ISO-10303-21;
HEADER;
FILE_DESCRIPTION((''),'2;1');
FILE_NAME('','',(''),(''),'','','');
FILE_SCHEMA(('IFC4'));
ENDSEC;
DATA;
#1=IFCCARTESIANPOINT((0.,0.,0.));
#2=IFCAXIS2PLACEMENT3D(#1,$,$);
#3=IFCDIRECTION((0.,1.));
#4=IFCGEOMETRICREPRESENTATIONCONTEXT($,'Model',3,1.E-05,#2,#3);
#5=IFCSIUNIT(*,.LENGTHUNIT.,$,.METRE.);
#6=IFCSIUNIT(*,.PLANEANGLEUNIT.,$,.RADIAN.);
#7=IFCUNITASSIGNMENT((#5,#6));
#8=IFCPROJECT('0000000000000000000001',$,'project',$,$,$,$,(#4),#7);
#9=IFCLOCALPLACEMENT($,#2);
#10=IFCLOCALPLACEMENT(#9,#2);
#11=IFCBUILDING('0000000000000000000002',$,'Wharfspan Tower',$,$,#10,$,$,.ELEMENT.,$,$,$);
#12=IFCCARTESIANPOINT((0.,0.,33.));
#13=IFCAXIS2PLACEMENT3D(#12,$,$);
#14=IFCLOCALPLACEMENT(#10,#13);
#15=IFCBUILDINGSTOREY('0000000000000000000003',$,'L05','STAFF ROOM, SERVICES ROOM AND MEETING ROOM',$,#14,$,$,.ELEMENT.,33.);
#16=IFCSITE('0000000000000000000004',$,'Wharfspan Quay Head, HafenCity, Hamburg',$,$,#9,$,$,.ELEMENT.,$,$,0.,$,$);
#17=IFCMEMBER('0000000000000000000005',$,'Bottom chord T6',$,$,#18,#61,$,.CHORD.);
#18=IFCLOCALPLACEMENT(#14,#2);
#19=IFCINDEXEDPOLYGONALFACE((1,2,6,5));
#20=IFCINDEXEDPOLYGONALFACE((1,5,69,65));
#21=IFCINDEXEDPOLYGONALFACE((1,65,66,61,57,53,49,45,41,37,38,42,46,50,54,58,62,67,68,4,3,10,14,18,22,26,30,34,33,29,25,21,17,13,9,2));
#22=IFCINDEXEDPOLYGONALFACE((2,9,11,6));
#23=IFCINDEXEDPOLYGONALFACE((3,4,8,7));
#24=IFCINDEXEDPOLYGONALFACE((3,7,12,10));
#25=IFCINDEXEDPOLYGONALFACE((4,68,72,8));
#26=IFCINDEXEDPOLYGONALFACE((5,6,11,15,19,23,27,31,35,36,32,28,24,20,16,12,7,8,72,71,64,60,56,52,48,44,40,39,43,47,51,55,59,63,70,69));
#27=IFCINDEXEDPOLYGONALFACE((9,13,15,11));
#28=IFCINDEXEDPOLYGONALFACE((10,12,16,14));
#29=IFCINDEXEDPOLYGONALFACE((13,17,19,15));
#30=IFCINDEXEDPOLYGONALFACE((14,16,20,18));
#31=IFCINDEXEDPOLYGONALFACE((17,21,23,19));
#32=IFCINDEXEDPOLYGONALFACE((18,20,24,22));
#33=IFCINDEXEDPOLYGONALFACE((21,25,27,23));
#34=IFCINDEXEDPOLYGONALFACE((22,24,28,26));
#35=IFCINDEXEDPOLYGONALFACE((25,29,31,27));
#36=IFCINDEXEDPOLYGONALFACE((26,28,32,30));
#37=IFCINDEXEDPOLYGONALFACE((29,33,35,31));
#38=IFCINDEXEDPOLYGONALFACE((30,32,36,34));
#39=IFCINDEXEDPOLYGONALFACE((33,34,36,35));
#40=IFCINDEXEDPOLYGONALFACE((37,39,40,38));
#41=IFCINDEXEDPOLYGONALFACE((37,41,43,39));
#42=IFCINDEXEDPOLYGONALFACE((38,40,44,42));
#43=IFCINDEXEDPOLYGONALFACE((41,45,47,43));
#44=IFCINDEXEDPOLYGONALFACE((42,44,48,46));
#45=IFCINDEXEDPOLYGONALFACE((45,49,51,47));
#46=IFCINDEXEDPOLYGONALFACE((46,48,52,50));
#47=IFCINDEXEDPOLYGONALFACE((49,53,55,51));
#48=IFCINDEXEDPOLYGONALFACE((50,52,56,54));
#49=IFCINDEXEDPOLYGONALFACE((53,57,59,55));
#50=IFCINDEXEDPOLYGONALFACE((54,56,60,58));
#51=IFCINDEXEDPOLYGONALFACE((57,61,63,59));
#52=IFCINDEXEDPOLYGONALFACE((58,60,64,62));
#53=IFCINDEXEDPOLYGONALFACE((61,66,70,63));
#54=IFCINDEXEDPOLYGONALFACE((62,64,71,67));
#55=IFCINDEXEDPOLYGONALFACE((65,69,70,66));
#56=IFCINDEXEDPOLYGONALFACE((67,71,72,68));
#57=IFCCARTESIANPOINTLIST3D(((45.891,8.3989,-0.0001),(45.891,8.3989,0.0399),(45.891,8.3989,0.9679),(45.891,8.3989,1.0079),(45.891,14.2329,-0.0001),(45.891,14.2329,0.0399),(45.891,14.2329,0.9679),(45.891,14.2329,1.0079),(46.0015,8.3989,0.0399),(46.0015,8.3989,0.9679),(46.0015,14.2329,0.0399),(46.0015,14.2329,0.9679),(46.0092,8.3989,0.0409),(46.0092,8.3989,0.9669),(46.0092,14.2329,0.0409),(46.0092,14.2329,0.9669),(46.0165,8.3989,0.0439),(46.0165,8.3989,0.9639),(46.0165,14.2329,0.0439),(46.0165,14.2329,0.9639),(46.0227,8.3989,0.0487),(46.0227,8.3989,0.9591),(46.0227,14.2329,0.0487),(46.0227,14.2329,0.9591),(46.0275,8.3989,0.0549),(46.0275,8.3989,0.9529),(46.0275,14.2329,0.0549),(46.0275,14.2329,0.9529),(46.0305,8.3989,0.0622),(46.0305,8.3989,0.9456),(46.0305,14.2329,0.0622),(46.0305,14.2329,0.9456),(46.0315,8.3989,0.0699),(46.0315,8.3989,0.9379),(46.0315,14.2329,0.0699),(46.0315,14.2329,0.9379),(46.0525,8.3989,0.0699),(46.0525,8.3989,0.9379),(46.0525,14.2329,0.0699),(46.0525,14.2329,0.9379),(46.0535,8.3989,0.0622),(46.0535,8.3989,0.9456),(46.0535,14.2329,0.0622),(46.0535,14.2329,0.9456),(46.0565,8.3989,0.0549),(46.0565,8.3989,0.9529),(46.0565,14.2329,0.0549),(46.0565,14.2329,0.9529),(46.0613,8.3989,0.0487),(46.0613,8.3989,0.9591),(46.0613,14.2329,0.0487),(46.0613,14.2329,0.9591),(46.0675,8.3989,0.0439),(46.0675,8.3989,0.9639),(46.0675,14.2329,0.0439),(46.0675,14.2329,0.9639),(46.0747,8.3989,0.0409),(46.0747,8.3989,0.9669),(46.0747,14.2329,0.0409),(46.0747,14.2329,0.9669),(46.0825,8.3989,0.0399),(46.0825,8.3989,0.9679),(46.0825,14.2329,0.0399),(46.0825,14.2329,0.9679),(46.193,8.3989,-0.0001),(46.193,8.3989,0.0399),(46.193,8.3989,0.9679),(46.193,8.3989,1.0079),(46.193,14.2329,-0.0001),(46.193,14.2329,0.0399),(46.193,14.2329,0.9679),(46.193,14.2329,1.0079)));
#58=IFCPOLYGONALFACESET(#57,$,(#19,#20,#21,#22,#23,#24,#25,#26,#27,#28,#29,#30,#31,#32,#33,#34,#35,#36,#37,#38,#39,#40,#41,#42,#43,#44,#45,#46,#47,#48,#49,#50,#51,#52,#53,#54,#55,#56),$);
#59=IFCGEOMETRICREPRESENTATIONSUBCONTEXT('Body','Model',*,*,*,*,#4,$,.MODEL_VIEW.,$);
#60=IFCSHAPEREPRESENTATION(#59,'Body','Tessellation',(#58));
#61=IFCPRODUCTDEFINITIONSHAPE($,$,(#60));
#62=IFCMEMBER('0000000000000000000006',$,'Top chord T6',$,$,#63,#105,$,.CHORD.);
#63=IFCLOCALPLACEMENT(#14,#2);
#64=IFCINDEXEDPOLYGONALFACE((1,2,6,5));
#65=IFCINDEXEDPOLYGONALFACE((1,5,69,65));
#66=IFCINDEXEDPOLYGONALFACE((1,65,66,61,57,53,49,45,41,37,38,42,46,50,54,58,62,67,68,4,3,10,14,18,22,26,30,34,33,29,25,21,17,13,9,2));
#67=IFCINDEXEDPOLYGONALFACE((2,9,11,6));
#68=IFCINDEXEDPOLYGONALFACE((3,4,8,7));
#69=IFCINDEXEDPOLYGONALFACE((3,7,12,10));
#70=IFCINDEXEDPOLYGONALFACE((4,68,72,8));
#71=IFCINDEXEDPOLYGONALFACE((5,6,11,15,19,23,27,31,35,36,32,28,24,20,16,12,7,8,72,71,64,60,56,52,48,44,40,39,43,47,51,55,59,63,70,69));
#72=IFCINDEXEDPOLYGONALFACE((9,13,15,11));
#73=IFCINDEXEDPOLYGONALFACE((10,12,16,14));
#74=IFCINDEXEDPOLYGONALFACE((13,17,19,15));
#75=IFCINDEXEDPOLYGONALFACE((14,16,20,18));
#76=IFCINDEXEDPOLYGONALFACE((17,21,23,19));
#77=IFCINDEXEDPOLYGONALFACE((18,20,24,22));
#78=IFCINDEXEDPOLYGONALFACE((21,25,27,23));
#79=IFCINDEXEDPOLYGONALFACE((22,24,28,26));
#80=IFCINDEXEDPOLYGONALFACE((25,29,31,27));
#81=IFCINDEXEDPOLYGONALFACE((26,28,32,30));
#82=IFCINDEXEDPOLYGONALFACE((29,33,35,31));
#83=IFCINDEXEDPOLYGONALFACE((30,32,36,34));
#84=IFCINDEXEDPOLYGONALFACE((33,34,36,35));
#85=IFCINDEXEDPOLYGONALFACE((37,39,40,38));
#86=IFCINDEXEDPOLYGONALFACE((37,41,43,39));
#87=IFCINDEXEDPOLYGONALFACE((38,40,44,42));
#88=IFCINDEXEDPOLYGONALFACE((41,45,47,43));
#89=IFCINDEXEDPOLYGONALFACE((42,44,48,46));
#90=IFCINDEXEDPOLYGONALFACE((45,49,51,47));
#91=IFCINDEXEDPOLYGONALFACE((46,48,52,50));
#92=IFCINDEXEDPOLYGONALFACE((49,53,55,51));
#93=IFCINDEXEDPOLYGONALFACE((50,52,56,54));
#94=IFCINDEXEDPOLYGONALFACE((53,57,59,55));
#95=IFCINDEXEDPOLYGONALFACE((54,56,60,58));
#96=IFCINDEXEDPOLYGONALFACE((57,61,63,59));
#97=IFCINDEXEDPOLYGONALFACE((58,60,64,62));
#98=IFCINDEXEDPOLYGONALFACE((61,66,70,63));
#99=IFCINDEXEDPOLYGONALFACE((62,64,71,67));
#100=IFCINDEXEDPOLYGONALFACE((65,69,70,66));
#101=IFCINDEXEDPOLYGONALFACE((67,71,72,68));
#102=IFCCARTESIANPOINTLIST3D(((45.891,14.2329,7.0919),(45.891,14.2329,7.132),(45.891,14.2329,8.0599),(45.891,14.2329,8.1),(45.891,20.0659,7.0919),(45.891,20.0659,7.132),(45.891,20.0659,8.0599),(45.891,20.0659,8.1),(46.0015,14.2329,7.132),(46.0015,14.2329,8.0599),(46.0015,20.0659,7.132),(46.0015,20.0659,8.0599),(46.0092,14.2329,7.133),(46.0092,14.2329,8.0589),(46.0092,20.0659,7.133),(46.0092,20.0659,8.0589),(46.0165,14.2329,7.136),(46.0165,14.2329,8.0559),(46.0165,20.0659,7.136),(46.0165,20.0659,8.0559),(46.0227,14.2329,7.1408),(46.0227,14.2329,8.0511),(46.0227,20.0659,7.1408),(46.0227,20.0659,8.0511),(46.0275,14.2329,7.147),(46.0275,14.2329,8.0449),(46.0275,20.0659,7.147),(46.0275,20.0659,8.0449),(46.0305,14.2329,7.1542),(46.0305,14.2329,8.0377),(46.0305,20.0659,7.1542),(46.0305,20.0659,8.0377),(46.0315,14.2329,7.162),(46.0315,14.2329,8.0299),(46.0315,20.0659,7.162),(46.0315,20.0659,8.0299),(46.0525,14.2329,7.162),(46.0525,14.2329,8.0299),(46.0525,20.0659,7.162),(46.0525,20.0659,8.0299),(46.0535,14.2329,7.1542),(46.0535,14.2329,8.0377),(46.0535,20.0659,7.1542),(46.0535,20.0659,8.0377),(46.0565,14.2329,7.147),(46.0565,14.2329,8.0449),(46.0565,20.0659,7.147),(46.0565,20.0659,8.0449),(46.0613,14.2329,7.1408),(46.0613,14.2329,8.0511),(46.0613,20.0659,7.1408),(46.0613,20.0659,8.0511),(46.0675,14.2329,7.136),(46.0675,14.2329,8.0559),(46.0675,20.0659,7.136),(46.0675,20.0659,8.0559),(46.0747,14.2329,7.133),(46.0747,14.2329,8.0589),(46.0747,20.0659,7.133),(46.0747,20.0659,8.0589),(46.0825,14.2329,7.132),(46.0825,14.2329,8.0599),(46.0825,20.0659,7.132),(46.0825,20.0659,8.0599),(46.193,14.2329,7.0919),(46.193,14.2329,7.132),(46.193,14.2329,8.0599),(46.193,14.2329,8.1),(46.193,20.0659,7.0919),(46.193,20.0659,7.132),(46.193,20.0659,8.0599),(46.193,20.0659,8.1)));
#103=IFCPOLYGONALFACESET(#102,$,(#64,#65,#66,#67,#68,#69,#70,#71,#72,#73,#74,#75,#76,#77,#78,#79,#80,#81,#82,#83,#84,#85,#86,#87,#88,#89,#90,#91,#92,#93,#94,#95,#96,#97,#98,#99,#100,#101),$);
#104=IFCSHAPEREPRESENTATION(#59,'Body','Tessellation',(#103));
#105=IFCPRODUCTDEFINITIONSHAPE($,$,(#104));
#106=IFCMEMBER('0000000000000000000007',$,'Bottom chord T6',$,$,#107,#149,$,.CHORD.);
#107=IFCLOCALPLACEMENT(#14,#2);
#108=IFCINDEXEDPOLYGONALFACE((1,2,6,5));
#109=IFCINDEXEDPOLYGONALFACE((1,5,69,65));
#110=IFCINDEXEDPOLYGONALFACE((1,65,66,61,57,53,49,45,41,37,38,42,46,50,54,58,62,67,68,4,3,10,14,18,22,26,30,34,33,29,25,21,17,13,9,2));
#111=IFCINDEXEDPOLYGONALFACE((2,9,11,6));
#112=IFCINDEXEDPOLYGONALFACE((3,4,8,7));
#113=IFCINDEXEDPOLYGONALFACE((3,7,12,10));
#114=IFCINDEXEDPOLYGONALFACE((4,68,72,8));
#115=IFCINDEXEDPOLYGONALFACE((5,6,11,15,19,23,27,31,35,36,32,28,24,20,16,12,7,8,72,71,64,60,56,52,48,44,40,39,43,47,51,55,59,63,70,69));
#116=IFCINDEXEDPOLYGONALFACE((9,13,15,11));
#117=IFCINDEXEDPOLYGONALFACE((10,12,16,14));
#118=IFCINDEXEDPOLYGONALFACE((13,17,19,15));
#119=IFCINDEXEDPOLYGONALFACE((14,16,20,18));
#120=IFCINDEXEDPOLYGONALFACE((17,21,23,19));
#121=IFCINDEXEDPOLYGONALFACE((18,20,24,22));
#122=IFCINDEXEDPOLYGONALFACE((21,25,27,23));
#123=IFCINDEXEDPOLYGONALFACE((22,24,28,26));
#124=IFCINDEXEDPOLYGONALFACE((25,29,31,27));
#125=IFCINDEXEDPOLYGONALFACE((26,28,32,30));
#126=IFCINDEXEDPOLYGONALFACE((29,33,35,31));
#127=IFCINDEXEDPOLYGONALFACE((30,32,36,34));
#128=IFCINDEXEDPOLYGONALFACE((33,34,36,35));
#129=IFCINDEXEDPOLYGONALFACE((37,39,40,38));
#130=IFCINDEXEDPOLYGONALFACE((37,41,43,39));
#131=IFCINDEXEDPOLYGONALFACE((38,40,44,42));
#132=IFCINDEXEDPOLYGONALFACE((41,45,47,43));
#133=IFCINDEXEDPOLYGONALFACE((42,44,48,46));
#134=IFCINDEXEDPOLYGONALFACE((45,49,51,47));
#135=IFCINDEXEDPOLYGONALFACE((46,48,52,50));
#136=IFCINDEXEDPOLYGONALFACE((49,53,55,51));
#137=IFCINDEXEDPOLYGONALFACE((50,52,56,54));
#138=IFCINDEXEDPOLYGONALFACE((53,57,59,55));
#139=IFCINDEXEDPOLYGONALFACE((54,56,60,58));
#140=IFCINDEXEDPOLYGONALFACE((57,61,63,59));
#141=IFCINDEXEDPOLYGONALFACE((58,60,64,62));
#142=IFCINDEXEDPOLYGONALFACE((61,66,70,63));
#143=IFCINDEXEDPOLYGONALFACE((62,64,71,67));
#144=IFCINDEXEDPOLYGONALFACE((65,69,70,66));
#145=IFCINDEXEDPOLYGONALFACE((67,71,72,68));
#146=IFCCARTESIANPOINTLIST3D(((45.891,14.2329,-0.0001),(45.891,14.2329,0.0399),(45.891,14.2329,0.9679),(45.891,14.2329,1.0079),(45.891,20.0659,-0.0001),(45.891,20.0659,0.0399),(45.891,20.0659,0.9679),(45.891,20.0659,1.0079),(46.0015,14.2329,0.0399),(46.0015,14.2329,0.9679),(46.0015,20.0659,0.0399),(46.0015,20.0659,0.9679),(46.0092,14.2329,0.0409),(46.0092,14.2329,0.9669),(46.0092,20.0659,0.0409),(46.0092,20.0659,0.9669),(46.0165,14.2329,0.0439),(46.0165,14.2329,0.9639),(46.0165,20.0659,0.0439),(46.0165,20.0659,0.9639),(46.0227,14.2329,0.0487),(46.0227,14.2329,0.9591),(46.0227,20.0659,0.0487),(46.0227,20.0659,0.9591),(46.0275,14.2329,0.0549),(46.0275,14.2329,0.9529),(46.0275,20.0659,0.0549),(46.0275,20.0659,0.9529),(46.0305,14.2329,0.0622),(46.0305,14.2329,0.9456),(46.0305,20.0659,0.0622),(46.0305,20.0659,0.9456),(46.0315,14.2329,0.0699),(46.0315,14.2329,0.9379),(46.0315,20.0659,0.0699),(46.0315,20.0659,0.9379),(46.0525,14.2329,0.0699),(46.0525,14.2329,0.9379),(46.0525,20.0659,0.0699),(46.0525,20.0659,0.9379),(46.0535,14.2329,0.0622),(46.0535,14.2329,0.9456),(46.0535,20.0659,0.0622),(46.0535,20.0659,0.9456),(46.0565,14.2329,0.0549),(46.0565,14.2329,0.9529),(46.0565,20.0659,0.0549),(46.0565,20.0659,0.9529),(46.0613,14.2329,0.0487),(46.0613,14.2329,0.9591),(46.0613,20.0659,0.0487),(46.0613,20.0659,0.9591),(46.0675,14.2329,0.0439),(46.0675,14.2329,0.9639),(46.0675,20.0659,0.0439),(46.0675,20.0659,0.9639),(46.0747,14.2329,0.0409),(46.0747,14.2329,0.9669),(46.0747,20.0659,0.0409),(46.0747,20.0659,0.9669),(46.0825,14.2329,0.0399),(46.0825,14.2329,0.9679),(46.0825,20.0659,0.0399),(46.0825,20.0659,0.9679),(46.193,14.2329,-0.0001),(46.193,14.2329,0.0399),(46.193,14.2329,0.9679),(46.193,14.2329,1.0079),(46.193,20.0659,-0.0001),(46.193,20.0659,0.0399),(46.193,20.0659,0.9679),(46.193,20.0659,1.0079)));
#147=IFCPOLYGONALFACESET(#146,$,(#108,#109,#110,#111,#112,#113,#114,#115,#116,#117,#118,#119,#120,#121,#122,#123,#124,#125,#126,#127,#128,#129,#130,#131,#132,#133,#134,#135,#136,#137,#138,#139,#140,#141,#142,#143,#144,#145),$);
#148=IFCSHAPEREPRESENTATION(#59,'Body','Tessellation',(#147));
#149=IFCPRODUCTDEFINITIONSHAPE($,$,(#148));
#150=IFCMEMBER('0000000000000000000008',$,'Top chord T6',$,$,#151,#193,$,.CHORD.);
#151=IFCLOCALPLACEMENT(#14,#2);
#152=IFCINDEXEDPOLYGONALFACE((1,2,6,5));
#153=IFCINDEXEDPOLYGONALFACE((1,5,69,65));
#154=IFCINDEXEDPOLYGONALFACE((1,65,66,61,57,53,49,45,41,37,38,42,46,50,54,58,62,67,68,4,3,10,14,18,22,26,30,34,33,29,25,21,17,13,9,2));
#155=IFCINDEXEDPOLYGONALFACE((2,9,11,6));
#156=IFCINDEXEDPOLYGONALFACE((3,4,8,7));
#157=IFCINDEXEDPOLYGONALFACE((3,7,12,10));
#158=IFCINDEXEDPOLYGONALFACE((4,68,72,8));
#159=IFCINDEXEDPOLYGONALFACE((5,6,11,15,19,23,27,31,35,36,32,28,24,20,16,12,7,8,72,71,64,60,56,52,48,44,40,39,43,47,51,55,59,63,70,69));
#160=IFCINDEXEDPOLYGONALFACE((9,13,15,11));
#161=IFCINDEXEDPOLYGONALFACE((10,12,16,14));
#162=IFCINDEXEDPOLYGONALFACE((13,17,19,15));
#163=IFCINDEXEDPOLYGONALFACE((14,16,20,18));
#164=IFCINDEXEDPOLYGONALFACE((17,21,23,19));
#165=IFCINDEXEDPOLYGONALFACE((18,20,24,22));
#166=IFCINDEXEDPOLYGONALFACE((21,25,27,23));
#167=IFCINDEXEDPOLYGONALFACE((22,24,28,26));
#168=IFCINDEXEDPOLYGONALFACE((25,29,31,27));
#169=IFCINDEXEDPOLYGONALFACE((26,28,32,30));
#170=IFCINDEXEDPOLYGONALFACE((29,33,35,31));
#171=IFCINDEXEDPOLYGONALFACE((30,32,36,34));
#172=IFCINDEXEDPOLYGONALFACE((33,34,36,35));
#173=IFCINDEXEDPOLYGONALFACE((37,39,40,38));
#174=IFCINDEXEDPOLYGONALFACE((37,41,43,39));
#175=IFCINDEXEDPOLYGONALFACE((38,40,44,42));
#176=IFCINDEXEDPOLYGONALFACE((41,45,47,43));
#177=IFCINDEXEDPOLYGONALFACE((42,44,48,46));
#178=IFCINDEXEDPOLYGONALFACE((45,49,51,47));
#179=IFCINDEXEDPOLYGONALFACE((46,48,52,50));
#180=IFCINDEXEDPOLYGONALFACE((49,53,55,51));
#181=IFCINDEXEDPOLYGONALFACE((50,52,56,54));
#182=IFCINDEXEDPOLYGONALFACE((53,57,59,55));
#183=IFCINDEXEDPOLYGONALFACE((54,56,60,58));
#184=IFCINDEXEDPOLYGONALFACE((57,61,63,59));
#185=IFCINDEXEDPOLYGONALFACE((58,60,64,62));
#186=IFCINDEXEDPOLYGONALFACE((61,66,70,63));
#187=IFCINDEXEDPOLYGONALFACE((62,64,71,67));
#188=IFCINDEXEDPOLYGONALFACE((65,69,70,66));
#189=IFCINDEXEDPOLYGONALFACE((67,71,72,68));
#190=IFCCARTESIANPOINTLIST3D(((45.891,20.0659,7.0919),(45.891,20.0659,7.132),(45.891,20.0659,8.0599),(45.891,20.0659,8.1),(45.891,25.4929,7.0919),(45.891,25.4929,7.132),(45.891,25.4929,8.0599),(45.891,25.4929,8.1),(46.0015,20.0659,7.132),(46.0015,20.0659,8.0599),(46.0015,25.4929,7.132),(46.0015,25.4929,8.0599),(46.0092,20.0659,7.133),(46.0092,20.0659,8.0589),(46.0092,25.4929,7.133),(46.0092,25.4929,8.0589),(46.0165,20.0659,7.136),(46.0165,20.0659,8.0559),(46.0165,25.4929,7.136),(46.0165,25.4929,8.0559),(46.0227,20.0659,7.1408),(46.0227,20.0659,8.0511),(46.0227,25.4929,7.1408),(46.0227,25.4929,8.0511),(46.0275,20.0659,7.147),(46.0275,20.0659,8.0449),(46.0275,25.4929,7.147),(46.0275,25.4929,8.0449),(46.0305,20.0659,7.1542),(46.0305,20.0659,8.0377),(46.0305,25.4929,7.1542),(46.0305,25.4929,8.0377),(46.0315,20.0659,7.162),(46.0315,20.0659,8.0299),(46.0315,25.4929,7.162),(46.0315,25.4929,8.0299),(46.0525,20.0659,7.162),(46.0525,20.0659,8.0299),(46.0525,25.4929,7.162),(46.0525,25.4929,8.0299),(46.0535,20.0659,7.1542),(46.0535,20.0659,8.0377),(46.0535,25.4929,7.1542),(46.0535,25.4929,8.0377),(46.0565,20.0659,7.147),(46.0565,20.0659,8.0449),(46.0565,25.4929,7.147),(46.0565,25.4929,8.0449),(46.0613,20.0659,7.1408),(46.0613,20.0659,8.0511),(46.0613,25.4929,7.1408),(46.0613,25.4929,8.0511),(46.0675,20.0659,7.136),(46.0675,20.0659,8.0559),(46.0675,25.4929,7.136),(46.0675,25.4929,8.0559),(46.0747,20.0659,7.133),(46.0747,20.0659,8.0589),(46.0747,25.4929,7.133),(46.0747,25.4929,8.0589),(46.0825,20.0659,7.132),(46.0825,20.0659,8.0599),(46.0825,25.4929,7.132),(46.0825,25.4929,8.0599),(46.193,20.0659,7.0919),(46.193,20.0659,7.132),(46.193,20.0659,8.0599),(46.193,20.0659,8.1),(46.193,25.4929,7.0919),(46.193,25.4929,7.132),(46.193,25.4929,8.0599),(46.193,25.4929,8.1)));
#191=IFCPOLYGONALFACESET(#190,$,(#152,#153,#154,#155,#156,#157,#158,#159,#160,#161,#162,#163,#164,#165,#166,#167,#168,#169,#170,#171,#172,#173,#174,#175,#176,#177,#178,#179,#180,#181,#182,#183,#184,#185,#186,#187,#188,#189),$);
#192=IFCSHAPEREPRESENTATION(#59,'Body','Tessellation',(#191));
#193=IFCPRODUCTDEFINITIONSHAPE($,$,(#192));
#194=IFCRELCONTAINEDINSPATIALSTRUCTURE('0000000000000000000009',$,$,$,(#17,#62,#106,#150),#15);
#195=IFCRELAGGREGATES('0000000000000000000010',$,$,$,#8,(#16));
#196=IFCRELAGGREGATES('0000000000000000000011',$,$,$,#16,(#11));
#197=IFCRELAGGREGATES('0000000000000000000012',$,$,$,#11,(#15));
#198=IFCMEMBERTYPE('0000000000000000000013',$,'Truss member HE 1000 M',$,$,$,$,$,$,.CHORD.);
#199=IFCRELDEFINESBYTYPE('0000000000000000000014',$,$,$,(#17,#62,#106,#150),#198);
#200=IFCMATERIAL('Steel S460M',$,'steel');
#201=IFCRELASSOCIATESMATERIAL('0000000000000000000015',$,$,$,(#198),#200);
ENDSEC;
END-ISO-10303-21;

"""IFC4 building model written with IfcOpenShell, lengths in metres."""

from ifc_helpers import new_model, si_unit, direction, frame, origin, origin_2d, place, context, subcontext, project, spatial, i_section, extrude, material, material_profile, profile_set, type_object, element, save


model = new_model("IFC4")

# Units and contexts
model_context = context("Model", 3, precision=1e-05, world=origin(), true_north=direction((0.0, 1.0)))
body_context = subcontext(model_context, "Body", "Model", "MODEL_VIEW")
ifc_project = project(units=[si_unit("LENGTHUNIT", "METRE"), si_unit("PLANEANGLEUNIT", "RADIAN")], contexts=[model_context])

# Site, building, storey
site_placement = place(None, origin())
site = spatial("IfcSite", under=ifc_project, at=site_placement, Name="Wharfspan Quay Head, HafenCity, Hamburg", CompositionType="ELEMENT", RefElevation=0.0)
building_placement = place(site_placement, origin())
building = spatial("IfcBuilding", under=site, at=building_placement, Name="Wharfspan Tower", CompositionType="ELEMENT")
storey_placement = place(building_placement, frame((0.0, 0.0, 33.0)))
storey = spatial("IfcBuildingStorey", under=building, at=storey_placement, Name="L05", Description="STAFF ROOM, SERVICES ROOM AND MEETING ROOM", CompositionType="ELEMENT", Elevation=33.0)

# Shared definitions
ifc_material_1 = material(Name="Steel S460M", Category="steel")

# Members
ifc_material_profile_1 = material_profile(ifc_material_1, i_section(OverallWidth=0.302, OverallDepth=1.0081, WebThickness=0.021, FlangeThickness=0.04, FilletRadius=0.03, at=origin_2d()))
ifc_profile_set_1 = profile_set([ifc_material_profile_1], Name="Steel S460M")
member_type_1 = type_object("IfcMemberType", Name="Truss member HE 1000 M", PredefinedType="CHORD", material=ifc_profile_set_1)
for number, where, z_axis, x_axis, name in (
    (1, (46.042, 8.3989, 0.5039), (0.0, 1.0, 0.0), (-1.0, 0.0, 0.0), "Bottom chord T6"),
):
    element("IfcMember", number, at=place(storey_placement, frame(where, z_axis=z_axis, x_axis=x_axis)), inside=storey, type_object=member_type_1, Name=name, PredefinedType="CHORD", context=body_context, shape_type="SweptSolid", body=[
        extrude(i_section(OverallWidth=0.302, OverallDepth=1.0081, WebThickness=0.021, FlangeThickness=0.04, FilletRadius=0.03, at=origin_2d()), origin(), (0.0, 0.0, 1.0), 5.834),
    ])
for number, where, z_axis, x_axis, name in (
    (2, (46.042, 14.2329, 7.5959), (0.0, 1.0, 0.0), (-1.0, 0.0, 0.0), "Top chord T6"),
    (3, (46.042, 14.2329, 0.5039), (0.0, 1.0, 0.0), (-1.0, 0.0, 0.0), "Bottom chord T6"),
):
    element("IfcMember", number, at=place(storey_placement, frame(where, z_axis=z_axis, x_axis=x_axis)), inside=storey, type_object=member_type_1, Name=name, PredefinedType="CHORD", context=body_context, shape_type="SweptSolid", body=[
        extrude(i_section(OverallWidth=0.302, OverallDepth=1.0081, WebThickness=0.021, FlangeThickness=0.04, FilletRadius=0.03, at=origin_2d()), origin(), (0.0, 0.0, 1.0), 5.833),
    ])
for number, where, z_axis, x_axis, name in (
    (4, (46.042, 20.0659, 7.5959), (0.0, 1.0, 0.0), (-1.0, 0.0, 0.0), "Top chord T6"),
):
    element("IfcMember", number, at=place(storey_placement, frame(where, z_axis=z_axis, x_axis=x_axis)), inside=storey, type_object=member_type_1, Name=name, PredefinedType="CHORD", context=body_context, shape_type="SweptSolid", body=[
        extrude(i_section(OverallWidth=0.302, OverallDepth=1.0081, WebThickness=0.021, FlangeThickness=0.04, FilletRadius=0.03, at=origin_2d()), origin(), (0.0, 0.0, 1.0), 5.427),
    ])

save(model, "model.ifc")
